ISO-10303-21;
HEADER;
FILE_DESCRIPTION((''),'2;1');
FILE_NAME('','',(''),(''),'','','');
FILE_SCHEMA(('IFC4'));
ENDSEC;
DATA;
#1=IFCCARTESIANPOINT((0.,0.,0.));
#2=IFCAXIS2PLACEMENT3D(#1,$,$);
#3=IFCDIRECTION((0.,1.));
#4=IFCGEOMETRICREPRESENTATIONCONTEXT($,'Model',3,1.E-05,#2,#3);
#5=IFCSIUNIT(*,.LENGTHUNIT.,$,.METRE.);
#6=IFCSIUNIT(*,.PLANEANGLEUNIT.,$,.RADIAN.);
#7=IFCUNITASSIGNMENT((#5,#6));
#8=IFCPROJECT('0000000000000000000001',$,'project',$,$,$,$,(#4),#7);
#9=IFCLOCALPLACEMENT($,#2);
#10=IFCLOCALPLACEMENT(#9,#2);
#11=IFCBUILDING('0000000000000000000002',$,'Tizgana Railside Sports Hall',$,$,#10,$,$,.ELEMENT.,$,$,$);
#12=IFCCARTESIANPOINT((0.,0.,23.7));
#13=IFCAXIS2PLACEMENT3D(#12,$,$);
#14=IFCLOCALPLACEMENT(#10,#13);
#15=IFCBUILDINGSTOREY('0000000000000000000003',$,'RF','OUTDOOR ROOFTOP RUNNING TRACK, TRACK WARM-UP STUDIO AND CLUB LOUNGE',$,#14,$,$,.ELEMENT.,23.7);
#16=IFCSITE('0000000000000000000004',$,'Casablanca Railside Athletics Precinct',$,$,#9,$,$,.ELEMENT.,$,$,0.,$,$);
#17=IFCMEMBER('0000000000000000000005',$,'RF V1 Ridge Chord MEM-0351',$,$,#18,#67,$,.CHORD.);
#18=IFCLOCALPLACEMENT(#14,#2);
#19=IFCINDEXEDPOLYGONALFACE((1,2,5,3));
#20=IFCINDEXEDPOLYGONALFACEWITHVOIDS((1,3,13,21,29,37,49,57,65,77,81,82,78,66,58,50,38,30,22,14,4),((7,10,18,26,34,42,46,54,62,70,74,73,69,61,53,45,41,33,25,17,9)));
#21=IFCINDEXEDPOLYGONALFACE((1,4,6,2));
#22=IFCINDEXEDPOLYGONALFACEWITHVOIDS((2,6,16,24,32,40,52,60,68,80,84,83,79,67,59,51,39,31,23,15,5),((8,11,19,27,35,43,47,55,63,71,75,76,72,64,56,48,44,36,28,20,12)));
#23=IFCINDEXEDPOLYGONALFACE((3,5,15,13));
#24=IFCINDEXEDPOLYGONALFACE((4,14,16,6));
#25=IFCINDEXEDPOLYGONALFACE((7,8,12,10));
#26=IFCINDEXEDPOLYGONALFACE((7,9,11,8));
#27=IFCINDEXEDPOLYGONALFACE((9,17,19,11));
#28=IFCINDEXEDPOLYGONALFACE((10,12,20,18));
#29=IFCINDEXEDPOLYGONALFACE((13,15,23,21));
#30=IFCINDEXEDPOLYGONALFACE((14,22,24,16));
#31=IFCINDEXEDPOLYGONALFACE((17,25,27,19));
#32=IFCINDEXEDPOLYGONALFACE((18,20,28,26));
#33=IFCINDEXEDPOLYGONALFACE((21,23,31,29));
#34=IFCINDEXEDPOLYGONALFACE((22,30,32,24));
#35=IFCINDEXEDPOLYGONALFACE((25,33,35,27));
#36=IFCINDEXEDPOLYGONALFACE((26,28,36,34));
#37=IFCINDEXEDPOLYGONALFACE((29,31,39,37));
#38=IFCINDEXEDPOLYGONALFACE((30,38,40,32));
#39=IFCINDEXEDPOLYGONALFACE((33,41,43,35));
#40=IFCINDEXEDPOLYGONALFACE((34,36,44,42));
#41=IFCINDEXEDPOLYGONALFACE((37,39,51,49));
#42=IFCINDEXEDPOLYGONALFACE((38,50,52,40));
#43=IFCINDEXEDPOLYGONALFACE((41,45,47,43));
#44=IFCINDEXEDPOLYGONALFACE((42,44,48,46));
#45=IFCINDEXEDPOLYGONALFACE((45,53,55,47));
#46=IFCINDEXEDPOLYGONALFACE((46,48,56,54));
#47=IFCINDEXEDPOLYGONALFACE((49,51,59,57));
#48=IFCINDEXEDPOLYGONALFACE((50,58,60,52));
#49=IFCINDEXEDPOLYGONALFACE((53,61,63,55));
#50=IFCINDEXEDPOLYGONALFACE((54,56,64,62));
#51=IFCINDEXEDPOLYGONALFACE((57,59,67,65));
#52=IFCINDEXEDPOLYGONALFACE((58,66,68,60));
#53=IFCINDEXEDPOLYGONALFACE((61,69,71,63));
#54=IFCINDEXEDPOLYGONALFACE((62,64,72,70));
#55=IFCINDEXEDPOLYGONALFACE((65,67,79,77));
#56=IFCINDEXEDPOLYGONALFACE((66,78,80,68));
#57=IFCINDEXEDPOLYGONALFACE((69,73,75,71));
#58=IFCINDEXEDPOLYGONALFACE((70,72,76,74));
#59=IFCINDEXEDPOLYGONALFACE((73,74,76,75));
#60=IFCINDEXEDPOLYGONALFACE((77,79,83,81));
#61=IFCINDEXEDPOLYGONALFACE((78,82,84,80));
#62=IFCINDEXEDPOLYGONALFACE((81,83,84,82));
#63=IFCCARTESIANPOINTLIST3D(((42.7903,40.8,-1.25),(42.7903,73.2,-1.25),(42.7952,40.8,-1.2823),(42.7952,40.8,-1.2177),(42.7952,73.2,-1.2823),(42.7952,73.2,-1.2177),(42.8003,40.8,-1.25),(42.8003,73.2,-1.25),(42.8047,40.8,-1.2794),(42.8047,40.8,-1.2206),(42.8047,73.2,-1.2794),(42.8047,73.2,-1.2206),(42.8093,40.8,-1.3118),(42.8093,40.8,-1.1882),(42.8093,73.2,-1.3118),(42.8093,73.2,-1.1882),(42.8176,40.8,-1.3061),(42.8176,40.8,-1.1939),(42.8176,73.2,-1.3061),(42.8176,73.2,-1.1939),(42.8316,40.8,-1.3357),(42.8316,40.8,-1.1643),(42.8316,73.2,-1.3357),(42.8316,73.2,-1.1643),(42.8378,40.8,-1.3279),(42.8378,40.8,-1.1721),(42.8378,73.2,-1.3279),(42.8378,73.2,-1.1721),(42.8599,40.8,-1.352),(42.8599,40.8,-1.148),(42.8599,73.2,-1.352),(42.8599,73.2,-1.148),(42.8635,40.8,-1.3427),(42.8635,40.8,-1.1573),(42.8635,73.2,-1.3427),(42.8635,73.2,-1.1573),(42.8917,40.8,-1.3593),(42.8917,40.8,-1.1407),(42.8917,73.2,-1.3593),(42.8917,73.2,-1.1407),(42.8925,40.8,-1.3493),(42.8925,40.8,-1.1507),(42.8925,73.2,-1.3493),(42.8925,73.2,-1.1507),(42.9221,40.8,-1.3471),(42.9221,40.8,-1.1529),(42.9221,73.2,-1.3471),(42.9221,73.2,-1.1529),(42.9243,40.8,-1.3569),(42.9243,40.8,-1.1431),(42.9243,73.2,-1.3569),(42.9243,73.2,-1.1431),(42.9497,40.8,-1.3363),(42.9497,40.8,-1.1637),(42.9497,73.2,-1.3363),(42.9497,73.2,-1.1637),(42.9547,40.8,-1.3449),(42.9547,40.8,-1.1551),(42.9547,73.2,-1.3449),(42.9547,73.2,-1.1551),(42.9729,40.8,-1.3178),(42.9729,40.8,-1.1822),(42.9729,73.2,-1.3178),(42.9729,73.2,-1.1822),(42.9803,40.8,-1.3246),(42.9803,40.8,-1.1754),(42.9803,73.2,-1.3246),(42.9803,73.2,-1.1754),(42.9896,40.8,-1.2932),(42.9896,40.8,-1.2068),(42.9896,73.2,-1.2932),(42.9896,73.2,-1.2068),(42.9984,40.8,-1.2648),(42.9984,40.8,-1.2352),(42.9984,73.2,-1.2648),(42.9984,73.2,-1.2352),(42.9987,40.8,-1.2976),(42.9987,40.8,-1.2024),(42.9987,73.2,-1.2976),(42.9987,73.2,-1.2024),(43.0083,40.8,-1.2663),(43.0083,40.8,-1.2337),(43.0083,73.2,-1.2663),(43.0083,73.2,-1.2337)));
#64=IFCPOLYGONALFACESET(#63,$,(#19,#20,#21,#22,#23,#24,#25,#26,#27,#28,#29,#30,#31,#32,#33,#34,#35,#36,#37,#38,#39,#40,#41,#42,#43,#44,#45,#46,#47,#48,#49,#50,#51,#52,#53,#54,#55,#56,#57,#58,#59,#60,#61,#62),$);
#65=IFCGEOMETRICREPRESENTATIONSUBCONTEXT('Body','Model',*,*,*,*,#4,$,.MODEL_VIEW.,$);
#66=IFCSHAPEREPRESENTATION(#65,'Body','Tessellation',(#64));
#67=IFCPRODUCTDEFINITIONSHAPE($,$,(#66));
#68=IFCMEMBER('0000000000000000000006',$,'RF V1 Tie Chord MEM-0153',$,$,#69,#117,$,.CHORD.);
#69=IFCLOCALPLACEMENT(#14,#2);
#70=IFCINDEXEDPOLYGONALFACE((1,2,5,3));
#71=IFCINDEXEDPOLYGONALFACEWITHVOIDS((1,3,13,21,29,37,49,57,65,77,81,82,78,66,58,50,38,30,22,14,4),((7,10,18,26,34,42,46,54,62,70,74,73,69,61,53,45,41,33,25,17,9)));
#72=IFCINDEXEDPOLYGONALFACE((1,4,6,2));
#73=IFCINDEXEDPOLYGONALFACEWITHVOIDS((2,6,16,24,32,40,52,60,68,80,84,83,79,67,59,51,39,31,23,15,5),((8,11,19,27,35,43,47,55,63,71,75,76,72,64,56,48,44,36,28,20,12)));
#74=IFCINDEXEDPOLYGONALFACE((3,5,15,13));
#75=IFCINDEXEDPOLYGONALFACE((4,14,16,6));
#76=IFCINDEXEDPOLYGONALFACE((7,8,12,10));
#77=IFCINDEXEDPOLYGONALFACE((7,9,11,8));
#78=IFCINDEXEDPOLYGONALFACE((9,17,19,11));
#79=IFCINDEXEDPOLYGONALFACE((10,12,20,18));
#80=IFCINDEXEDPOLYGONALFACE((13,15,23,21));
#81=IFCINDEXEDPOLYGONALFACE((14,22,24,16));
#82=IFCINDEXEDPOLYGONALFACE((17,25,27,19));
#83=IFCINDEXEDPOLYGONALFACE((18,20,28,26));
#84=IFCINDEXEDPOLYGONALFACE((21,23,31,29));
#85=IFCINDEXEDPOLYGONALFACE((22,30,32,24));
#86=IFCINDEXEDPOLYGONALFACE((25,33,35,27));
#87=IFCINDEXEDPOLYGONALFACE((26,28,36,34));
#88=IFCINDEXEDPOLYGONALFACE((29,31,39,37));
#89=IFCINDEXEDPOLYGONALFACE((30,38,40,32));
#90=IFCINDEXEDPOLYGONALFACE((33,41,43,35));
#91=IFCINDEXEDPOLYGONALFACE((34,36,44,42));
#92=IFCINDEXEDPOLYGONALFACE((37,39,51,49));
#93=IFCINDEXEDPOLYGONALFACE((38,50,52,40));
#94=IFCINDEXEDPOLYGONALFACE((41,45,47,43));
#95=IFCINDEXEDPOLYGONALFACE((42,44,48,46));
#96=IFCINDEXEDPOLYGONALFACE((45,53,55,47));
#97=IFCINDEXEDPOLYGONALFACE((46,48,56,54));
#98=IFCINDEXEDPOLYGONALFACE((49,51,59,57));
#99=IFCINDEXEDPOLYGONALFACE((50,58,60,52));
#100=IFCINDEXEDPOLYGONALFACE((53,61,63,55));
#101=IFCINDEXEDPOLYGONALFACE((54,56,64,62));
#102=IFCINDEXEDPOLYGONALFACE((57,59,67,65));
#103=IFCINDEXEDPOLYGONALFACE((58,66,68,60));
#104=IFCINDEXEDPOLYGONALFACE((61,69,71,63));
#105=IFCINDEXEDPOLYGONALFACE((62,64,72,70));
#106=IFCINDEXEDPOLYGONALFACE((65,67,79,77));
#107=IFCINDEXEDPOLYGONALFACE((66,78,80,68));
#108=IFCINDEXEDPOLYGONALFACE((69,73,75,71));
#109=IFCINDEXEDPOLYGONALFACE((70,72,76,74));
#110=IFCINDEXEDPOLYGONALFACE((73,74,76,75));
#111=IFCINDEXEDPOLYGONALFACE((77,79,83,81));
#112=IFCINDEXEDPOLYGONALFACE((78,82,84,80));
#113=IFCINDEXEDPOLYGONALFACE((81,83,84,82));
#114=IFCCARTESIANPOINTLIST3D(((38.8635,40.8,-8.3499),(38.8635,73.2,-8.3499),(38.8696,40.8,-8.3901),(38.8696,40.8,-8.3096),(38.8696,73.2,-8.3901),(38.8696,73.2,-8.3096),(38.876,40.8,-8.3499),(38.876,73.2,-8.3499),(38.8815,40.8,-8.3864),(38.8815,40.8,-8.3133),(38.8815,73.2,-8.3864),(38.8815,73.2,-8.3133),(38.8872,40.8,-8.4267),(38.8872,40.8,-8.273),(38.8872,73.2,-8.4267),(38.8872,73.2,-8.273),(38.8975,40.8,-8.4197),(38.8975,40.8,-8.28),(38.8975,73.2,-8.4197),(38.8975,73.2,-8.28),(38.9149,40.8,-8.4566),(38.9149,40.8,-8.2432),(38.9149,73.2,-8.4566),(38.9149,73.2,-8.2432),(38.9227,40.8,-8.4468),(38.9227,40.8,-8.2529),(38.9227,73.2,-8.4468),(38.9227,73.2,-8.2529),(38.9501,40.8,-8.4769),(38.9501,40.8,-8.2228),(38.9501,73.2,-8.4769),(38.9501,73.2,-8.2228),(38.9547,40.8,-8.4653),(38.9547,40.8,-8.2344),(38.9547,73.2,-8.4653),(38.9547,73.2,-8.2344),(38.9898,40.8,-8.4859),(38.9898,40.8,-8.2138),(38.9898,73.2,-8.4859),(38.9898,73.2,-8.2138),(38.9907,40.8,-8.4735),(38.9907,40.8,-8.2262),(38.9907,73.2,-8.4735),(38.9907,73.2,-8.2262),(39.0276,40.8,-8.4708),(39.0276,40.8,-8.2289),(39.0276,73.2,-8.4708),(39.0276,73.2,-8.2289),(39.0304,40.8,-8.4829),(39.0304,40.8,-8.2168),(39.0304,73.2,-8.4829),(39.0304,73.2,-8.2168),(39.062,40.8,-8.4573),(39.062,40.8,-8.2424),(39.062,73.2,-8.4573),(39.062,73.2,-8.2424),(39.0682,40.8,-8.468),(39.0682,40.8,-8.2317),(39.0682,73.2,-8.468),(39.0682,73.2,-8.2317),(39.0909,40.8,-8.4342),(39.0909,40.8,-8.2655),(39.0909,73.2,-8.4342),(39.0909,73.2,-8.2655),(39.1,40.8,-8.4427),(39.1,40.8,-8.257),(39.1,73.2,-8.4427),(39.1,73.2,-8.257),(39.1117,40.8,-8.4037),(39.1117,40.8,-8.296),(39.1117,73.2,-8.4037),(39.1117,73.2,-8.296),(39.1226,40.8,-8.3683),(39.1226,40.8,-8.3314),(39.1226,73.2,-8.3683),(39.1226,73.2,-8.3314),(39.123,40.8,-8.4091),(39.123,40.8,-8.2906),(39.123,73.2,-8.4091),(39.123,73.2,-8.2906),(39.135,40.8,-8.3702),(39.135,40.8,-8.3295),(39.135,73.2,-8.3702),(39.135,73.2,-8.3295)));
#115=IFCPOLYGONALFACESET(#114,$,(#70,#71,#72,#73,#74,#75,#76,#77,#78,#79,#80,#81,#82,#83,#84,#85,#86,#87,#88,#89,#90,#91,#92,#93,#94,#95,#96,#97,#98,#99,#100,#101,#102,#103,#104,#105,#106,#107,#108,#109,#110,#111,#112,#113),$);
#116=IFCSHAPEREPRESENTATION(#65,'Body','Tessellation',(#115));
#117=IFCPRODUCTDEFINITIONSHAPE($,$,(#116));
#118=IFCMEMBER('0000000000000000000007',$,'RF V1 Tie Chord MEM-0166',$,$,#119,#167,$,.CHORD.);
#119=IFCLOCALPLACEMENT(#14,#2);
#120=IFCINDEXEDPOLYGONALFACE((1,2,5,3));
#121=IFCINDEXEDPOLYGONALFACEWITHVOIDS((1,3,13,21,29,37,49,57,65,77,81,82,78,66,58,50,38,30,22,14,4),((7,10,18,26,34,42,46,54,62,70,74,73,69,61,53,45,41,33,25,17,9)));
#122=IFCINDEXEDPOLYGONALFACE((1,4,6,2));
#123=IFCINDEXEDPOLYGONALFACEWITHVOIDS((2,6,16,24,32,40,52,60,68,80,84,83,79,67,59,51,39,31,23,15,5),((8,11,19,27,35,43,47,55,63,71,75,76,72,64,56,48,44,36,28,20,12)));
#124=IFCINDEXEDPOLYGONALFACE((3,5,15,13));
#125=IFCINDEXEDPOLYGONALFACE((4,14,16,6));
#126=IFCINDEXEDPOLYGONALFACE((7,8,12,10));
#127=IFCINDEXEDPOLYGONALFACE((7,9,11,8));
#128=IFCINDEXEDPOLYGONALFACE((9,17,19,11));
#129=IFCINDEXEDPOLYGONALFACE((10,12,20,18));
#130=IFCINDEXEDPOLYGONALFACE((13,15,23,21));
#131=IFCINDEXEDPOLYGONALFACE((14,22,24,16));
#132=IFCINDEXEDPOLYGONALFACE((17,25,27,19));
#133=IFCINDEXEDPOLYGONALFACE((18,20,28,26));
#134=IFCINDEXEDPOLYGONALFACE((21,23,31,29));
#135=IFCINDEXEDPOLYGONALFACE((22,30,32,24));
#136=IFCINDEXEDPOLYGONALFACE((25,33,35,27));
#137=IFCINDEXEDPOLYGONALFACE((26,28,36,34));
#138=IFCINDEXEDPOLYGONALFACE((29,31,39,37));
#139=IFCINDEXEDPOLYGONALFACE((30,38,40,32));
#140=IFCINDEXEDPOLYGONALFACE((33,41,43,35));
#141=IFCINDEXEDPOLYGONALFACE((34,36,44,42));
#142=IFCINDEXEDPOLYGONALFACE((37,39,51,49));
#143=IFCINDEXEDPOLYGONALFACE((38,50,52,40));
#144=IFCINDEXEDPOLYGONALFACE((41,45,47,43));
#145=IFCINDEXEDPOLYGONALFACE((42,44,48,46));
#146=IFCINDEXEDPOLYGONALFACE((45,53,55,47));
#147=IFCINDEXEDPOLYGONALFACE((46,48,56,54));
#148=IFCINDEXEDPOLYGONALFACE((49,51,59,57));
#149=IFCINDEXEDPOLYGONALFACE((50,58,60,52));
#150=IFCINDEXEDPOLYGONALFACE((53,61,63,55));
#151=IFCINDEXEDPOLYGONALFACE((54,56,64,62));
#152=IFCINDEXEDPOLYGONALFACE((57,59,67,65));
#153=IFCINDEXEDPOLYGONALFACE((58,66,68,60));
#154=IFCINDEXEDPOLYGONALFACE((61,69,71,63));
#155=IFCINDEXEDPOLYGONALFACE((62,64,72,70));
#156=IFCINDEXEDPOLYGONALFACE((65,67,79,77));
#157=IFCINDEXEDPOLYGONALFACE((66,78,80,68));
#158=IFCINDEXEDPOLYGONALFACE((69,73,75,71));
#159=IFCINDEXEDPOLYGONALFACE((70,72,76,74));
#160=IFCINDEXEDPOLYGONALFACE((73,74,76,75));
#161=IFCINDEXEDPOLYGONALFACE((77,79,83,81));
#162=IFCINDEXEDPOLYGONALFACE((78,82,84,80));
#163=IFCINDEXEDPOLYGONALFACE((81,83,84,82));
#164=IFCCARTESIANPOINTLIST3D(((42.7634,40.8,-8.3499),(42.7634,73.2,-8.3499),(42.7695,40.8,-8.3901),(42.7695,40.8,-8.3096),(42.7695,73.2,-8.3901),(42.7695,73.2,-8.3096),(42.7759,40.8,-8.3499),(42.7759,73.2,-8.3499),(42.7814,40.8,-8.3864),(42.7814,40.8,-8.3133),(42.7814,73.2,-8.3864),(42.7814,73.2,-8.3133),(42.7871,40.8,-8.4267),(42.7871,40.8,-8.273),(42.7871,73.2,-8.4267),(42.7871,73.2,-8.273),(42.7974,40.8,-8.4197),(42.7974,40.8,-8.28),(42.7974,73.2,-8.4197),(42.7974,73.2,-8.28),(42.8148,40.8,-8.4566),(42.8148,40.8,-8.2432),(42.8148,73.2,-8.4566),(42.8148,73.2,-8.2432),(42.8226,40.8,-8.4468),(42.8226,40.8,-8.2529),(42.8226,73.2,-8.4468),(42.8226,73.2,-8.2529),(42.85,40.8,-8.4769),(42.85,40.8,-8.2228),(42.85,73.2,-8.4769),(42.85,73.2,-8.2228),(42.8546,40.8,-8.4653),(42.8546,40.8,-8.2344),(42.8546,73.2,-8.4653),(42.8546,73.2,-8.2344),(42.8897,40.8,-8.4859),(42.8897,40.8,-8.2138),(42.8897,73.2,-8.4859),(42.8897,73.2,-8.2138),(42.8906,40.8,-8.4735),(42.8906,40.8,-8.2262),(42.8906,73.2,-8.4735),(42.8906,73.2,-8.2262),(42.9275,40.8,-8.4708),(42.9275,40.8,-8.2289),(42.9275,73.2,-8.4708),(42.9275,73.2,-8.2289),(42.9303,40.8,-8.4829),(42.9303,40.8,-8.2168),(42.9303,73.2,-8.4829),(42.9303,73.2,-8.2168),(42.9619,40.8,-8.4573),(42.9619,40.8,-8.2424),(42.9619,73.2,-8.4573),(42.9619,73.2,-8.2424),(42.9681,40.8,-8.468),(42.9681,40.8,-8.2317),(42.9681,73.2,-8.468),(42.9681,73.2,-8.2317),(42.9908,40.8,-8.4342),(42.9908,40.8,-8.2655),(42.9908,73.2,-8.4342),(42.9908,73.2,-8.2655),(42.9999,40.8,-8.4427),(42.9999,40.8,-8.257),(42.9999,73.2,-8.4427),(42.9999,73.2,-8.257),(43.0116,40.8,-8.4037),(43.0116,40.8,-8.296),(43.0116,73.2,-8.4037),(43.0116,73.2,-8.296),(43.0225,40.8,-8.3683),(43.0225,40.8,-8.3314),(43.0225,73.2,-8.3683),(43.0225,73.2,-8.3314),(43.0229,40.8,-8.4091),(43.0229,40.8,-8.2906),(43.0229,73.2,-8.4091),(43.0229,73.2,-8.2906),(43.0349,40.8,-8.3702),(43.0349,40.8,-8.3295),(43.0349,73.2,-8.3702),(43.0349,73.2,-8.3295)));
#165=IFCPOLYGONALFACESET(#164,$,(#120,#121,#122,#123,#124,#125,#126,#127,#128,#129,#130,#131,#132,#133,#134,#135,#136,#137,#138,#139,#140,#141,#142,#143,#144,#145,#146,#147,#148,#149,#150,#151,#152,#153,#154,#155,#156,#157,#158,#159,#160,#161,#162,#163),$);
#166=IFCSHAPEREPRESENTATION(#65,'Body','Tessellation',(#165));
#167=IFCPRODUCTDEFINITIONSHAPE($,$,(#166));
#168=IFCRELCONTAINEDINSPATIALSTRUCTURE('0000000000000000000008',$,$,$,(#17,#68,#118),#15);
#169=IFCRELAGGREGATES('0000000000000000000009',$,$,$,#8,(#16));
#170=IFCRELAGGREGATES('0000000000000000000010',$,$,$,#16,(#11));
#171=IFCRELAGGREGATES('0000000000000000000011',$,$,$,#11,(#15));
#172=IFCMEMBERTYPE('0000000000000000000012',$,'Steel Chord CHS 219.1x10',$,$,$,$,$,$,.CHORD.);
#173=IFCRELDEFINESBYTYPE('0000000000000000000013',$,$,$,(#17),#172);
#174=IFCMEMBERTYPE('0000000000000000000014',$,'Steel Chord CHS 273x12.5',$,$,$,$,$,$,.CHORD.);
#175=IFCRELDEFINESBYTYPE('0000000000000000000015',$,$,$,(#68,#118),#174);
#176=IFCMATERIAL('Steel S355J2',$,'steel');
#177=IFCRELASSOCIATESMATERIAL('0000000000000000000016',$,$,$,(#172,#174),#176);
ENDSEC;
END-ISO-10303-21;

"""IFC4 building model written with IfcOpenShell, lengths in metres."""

from ifc_helpers import new_model, si_unit, direction, frame, origin, origin_2d, place, context, subcontext, project, spatial, hollow_circle, extrude, material, material_profile, profile_set, type_object, element, save


model = new_model("IFC4")

# Units and contexts
model_context = context("Model", 3, precision=1e-05, world=origin(), true_north=direction((0.0, 1.0)))
body_context = subcontext(model_context, "Body", "Model", "MODEL_VIEW")
ifc_project = project(units=[si_unit("LENGTHUNIT", "METRE"), si_unit("PLANEANGLEUNIT", "RADIAN")], contexts=[model_context])

# Site, building, storey
site_placement = place(None, origin())
site = spatial("IfcSite", under=ifc_project, at=site_placement, Name="Casablanca Railside Athletics Precinct", CompositionType="ELEMENT", RefElevation=0.0)
building_placement = place(site_placement, origin())
building = spatial("IfcBuilding", under=site, at=building_placement, Name="Tizgana Railside Sports Hall", CompositionType="ELEMENT")
storey_placement = place(building_placement, frame((0.0, 0.0, 23.7)))
storey = spatial("IfcBuildingStorey", under=building, at=storey_placement, Name="RF", Description="OUTDOOR ROOFTOP RUNNING TRACK, TRACK WARM-UP STUDIO AND CLUB LOUNGE", CompositionType="ELEMENT", Elevation=23.7)

# Members
ifc_material_1 = material(Name="Steel S355J2", Category="steel")
ifc_material_profile_1 = material_profile(ifc_material_1, hollow_circle(Radius=0.1096, WallThickness=0.01, at=origin_2d()), Name="CHS 219.1x10")
ifc_profile_set_1 = profile_set([ifc_material_profile_1], Name="Steel S355J2")
member_type_1 = type_object("IfcMemberType", Name="Steel Chord CHS 219.1x10", PredefinedType="CHORD", material=ifc_profile_set_1)
member_1_placement = place(storey_placement, frame((42.8999, 40.8, -1.25), z_axis=(0.0, 1.0, 0.0), x_axis=(-1.0, 0.0, 0.0)))
element("IfcMember", 1, at=member_1_placement, inside=storey, type_object=member_type_1, Name="RF V1 Ridge Chord MEM-0351", PredefinedType="CHORD", context=body_context, shape_type="SweptSolid", body=[
    extrude(hollow_circle(Radius=0.1096, WallThickness=0.01, at=origin_2d()), origin(), (0.0, 0.0, 1.0), 32.3999),
])
ifc_material_profile_2 = material_profile(ifc_material_1, hollow_circle(Radius=0.1365, WallThickness=0.0125, at=origin_2d()), Name="CHS 273x12.5")
ifc_profile_set_2 = profile_set([ifc_material_profile_2], Name="Steel S355J2")
member_type_2 = type_object("IfcMemberType", Name="Steel Chord CHS 273x12.5", PredefinedType="CHORD", material=ifc_profile_set_2)
for number, where, z_axis, x_axis, name in (
    (2, (39.0, 40.8, -8.3499), (0.0, 1.0, 0.0), (-1.0, 0.0, 0.0), "RF V1 Tie Chord MEM-0153"),
    (3, (42.8999, 40.8, -8.3499), (0.0, 1.0, 0.0), (-1.0, 0.0, 0.0), "RF V1 Tie Chord MEM-0166"),
):
    element("IfcMember", number, at=place(storey_placement, frame(where, z_axis=z_axis, x_axis=x_axis)), inside=storey, type_object=member_type_2, Name=name, PredefinedType="CHORD", context=body_context, shape_type="SweptSolid", body=[
        extrude(hollow_circle(Radius=0.1365, WallThickness=0.0125, at=origin_2d()), origin(), (0.0, 0.0, 1.0), 32.3999),
    ])

save(model, "model.ifc")
